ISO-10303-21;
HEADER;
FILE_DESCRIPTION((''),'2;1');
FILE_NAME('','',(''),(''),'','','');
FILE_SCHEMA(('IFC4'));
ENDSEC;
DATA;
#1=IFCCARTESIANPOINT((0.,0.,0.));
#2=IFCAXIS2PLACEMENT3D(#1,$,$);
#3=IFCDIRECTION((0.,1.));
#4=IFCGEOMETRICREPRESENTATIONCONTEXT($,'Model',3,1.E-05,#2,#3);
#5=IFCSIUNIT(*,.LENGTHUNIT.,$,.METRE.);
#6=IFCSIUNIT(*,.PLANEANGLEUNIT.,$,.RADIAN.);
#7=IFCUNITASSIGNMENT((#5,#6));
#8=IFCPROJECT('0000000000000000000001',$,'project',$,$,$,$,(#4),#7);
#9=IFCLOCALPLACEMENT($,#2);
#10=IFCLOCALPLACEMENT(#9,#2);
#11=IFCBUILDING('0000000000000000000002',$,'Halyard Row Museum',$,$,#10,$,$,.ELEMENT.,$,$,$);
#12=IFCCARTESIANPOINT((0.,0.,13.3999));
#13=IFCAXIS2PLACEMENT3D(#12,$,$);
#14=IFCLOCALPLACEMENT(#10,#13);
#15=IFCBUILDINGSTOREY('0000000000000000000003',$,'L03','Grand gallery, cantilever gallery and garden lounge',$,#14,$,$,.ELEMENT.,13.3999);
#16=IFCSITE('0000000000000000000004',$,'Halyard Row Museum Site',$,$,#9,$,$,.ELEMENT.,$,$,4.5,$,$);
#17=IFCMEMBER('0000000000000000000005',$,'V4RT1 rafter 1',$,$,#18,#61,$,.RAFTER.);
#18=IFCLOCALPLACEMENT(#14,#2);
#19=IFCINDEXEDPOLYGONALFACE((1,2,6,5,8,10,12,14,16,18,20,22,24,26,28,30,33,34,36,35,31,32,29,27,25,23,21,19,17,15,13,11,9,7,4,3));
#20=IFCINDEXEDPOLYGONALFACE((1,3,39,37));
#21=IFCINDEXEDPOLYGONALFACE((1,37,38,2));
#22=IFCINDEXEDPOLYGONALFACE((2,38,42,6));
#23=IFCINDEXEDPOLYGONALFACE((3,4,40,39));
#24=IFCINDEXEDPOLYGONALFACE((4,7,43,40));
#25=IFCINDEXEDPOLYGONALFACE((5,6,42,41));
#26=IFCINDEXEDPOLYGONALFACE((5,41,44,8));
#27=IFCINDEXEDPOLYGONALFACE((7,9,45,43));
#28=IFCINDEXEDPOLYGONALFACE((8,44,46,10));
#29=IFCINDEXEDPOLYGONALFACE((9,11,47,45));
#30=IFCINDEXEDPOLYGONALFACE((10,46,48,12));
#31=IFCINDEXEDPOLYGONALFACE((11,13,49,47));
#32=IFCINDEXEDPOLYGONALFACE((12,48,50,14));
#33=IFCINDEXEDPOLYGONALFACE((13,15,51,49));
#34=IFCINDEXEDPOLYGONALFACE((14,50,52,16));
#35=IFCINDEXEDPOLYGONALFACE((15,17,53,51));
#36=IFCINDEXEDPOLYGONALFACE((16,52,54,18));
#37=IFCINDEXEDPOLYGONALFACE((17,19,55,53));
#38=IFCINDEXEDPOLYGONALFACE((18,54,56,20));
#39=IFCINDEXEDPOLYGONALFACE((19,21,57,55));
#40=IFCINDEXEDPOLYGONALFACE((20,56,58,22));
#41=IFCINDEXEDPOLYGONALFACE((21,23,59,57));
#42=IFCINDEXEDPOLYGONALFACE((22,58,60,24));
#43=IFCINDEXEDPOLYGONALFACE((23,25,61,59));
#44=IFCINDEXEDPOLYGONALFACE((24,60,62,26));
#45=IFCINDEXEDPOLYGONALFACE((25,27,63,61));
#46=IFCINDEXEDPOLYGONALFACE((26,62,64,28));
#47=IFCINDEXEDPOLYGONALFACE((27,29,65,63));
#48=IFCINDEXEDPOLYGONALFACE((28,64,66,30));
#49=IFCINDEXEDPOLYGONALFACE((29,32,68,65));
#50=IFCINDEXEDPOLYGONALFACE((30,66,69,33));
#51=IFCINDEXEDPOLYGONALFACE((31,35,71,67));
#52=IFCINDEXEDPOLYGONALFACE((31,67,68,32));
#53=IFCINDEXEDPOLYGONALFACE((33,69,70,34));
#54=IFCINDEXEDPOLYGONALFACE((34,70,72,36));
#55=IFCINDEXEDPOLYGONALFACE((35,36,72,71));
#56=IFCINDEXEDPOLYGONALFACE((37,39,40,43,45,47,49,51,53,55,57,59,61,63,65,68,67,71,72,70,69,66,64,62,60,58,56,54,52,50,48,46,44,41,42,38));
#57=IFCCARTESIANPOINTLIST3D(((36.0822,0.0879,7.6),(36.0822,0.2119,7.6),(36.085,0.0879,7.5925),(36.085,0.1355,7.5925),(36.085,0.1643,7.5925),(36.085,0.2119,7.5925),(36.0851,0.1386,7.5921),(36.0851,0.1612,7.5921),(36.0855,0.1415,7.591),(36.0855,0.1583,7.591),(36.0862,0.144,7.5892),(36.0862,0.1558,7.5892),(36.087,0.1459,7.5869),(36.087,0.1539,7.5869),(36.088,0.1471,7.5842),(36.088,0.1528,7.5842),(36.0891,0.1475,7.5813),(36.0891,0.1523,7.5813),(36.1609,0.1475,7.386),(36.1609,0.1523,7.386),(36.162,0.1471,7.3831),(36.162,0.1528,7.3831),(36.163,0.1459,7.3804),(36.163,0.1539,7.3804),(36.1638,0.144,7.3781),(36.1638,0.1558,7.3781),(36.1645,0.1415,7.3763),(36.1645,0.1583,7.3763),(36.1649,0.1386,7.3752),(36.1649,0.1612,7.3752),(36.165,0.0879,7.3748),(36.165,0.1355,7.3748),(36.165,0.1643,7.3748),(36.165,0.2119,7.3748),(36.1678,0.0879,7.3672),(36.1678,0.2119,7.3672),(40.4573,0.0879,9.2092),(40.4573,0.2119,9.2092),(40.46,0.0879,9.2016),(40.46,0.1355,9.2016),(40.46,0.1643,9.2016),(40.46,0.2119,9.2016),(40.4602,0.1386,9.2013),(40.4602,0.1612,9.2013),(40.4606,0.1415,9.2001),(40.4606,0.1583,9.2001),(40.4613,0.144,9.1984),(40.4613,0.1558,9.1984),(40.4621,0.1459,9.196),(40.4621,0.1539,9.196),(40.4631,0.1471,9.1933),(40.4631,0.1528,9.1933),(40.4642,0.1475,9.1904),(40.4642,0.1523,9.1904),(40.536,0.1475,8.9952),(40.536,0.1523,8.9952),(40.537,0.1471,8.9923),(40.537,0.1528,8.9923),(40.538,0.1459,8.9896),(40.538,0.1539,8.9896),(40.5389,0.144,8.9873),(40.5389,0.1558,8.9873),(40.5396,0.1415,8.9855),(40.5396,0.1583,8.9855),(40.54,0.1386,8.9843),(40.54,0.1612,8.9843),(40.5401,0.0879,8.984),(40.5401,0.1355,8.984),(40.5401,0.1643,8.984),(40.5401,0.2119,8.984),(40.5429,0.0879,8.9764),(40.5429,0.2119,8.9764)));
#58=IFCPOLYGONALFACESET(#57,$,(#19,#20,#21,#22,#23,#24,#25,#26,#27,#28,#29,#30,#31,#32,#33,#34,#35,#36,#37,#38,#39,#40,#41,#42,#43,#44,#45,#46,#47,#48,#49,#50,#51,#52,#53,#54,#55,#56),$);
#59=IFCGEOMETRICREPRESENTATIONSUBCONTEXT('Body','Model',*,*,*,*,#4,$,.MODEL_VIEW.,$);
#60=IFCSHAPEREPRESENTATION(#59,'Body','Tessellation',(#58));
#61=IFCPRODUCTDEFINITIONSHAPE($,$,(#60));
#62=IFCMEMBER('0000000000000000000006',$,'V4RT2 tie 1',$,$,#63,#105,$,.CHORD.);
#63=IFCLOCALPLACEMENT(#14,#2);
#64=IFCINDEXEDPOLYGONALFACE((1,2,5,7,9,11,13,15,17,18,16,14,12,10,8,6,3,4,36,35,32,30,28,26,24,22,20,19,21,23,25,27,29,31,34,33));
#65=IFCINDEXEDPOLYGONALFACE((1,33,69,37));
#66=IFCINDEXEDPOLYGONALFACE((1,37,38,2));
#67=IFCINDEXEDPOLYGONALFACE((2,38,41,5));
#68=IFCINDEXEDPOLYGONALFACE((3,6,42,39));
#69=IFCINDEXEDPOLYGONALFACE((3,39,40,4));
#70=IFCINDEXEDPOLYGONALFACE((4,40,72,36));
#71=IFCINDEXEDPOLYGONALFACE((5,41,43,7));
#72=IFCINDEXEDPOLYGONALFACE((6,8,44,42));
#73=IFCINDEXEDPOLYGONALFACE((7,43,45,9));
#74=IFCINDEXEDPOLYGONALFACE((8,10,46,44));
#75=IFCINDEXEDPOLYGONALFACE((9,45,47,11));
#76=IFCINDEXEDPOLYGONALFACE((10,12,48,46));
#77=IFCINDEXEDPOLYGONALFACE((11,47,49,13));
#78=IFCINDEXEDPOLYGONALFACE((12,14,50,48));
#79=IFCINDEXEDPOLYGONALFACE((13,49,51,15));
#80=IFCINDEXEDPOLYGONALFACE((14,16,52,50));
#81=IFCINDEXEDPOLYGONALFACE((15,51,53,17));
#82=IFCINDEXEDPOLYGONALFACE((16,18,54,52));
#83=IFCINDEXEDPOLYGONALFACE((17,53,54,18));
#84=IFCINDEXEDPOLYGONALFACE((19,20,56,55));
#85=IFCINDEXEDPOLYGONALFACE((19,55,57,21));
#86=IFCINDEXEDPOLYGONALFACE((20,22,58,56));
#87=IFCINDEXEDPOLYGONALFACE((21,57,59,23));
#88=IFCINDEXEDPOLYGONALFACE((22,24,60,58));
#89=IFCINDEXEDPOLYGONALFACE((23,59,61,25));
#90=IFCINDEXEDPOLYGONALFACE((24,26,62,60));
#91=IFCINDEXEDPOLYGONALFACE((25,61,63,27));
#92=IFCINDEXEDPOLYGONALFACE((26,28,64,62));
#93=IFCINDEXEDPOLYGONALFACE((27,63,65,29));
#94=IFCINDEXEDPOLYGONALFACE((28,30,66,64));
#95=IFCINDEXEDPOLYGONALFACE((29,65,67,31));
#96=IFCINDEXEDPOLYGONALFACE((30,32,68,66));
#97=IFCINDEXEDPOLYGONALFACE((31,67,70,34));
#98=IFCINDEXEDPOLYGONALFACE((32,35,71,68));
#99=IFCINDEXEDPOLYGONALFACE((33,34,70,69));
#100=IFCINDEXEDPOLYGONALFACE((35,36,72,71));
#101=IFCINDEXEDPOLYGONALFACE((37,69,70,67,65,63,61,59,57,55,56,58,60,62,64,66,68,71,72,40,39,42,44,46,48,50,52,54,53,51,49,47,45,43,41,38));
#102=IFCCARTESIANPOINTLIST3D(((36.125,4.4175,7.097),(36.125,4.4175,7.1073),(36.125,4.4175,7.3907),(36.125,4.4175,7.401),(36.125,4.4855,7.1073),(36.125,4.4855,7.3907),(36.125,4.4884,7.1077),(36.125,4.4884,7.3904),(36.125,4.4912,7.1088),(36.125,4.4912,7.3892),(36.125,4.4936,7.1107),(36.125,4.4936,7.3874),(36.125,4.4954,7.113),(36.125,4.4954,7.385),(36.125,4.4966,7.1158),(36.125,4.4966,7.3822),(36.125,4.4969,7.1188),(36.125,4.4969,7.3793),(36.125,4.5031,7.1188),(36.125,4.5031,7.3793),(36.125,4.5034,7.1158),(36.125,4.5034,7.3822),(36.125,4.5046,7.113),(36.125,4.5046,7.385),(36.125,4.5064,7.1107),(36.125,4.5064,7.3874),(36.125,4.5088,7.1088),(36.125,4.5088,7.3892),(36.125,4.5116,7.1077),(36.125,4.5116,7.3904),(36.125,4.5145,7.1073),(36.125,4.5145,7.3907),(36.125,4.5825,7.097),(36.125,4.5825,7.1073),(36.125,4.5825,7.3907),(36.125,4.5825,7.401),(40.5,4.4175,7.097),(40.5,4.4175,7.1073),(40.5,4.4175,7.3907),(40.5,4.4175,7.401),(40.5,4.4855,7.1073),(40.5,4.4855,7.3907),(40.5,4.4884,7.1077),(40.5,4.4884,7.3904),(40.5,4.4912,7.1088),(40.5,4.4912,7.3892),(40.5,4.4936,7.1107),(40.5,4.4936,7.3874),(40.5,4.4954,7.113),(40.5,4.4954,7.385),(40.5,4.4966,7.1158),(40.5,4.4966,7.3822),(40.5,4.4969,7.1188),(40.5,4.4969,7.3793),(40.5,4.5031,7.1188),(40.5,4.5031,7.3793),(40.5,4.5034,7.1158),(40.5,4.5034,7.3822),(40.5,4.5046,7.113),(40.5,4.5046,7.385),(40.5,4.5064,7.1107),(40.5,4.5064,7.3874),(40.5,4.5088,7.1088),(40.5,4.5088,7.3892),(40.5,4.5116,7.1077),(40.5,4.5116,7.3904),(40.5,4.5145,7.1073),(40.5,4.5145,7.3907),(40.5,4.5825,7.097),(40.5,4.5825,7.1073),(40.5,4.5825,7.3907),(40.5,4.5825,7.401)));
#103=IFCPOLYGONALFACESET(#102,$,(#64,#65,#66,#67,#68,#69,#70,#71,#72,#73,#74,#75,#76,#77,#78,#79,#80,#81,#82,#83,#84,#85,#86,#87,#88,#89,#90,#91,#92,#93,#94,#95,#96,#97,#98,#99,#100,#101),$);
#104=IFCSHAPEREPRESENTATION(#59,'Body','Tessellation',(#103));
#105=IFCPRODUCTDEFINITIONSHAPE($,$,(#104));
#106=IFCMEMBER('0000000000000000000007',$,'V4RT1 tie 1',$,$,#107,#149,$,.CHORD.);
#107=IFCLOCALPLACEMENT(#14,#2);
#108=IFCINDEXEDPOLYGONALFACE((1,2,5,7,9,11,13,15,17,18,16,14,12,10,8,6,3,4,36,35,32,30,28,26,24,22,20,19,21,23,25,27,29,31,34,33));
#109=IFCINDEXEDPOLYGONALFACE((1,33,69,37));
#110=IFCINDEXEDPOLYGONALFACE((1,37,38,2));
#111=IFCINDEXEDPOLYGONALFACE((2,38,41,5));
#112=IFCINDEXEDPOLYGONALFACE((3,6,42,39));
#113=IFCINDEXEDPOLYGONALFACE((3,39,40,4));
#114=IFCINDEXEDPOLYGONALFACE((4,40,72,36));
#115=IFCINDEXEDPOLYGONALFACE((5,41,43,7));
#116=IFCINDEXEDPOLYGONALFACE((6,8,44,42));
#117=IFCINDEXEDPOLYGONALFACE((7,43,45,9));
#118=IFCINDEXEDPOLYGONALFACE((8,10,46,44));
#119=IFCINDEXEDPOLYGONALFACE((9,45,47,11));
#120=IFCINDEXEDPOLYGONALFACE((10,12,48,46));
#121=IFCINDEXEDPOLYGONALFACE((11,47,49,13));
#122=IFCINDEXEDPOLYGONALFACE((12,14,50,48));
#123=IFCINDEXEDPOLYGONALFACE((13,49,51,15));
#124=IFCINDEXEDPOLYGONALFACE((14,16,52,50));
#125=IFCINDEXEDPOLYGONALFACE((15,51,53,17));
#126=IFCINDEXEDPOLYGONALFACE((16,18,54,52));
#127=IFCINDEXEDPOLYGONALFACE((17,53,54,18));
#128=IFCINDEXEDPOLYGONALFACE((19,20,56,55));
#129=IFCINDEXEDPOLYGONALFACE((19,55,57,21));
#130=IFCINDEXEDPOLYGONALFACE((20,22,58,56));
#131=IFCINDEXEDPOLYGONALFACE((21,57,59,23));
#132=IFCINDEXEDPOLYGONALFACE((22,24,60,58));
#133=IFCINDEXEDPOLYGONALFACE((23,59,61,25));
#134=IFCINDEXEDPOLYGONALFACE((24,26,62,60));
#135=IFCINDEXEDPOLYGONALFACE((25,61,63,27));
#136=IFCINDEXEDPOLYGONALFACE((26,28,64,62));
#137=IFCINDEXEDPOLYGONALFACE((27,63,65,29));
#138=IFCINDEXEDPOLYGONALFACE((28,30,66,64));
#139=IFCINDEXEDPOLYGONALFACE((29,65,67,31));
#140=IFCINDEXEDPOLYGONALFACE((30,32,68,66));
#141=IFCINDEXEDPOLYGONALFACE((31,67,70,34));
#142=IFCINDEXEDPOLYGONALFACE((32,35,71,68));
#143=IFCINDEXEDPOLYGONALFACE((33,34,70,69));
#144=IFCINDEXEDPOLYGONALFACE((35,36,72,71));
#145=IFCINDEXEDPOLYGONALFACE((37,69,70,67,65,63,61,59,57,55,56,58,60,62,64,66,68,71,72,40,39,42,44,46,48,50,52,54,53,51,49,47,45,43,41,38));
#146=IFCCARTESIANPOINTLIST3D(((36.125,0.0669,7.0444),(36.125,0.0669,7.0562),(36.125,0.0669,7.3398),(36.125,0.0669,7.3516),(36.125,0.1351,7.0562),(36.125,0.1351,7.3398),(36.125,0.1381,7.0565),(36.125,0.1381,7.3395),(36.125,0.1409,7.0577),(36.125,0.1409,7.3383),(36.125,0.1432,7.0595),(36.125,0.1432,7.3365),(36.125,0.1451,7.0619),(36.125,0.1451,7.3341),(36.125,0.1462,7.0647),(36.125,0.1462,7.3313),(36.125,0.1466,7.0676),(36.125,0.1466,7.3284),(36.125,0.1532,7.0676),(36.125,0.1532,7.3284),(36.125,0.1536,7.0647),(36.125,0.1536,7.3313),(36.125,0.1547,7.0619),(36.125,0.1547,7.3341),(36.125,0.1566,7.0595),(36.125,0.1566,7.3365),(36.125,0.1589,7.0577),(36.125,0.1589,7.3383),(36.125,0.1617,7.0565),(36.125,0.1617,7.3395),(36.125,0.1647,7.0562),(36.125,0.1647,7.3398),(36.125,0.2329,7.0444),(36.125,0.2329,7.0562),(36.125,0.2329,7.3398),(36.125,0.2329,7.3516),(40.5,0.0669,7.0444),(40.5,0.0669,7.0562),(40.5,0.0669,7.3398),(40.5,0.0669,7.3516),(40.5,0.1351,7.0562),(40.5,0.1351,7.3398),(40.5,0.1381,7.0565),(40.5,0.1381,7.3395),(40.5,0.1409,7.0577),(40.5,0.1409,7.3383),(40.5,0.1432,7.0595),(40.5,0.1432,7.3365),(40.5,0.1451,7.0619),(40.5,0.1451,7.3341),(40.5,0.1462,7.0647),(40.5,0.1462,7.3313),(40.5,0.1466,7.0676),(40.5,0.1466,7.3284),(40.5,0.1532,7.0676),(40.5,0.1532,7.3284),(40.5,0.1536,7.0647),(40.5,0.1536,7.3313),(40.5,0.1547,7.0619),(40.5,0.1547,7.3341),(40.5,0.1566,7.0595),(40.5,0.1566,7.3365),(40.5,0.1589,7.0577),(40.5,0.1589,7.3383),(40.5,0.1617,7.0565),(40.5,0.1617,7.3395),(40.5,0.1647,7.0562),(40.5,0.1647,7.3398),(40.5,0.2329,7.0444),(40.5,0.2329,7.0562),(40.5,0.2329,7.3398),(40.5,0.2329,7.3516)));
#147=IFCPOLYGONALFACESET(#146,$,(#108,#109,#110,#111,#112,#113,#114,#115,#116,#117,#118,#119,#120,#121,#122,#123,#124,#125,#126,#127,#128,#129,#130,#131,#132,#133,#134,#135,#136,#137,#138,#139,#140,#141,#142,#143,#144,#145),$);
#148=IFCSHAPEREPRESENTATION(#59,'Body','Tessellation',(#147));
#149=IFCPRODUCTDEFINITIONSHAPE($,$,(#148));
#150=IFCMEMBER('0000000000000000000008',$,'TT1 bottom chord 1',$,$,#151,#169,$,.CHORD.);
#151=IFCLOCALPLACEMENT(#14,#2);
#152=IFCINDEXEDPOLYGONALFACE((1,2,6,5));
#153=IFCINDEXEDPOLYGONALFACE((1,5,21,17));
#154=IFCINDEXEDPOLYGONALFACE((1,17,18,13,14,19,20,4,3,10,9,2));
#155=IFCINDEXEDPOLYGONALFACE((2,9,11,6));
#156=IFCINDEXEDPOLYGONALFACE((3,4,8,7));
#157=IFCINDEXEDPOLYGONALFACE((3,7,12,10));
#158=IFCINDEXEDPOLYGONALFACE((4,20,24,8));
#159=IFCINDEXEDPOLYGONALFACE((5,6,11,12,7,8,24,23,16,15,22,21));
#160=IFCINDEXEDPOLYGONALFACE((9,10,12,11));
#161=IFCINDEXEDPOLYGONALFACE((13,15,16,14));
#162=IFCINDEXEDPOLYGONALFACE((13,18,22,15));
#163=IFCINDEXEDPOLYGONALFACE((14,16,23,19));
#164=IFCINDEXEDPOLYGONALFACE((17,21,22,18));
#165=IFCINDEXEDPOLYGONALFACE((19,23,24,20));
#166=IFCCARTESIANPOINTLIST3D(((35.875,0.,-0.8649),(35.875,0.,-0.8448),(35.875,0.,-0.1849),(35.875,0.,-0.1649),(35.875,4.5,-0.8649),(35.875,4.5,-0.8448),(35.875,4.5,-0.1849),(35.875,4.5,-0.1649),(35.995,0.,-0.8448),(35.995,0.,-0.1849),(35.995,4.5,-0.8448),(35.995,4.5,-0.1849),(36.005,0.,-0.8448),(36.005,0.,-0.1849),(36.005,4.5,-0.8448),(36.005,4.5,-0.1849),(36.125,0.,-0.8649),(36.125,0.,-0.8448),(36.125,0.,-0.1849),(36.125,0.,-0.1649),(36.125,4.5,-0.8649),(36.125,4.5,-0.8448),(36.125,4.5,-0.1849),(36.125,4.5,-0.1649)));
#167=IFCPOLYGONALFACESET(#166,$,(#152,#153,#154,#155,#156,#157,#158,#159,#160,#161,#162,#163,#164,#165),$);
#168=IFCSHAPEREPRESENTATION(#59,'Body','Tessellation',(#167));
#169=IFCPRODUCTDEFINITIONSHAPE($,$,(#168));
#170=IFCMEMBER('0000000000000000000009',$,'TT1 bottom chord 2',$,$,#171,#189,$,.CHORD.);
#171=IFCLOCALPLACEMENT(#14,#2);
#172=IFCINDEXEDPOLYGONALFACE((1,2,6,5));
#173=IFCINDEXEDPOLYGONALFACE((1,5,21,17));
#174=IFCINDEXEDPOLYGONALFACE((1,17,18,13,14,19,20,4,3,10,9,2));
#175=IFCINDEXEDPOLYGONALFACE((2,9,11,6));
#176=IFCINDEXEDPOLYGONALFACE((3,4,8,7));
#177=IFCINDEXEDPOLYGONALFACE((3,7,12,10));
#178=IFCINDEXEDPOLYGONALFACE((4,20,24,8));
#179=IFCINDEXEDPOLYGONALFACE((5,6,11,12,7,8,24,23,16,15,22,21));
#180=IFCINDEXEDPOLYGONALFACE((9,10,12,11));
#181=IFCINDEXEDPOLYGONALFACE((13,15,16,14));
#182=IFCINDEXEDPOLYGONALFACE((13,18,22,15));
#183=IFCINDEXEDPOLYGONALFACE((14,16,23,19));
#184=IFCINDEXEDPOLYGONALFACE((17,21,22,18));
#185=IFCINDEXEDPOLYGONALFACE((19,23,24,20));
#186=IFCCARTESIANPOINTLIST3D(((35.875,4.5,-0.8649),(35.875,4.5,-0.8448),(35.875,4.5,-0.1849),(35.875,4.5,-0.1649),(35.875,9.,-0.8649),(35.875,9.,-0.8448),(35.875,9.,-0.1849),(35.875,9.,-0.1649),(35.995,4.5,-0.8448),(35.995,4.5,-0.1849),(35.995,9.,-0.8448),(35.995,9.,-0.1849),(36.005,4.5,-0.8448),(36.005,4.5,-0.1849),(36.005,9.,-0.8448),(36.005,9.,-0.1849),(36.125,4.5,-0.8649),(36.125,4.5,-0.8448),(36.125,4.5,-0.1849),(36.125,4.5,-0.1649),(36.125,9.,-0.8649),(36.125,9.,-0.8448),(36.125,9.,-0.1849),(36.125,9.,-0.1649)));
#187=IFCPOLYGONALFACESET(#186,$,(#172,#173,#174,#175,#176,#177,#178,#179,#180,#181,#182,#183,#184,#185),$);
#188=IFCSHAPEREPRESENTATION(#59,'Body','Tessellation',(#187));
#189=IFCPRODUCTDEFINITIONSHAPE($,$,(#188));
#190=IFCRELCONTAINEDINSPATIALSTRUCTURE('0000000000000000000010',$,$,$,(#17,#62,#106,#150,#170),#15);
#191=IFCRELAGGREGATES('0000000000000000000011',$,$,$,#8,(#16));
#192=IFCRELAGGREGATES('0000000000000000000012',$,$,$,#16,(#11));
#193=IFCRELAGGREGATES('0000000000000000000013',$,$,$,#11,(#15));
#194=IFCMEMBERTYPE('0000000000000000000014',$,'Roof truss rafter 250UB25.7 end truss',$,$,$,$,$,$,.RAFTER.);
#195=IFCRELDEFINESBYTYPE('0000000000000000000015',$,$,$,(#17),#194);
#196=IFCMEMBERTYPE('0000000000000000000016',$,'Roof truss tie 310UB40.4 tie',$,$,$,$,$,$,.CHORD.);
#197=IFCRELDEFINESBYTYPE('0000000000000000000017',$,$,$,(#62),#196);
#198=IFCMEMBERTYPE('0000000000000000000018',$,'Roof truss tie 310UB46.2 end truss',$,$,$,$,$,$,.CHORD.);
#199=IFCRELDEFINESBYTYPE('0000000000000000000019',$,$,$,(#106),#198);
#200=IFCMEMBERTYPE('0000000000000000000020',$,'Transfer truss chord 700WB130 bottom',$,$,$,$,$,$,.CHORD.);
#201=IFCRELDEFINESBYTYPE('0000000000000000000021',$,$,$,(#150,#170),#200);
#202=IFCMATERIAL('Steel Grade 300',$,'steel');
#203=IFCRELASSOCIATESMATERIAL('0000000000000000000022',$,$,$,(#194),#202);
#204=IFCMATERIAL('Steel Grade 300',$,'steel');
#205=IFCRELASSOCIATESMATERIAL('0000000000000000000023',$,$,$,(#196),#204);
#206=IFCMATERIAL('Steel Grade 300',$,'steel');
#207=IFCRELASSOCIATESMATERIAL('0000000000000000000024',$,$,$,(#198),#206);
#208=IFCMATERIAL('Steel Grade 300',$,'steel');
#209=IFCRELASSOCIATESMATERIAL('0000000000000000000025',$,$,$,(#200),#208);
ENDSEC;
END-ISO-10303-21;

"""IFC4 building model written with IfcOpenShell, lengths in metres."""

from ifc_helpers import new_model, si_unit, direction, frame, origin, origin_2d, place, context, subcontext, project, spatial, i_section, extrude, material, material_profile, profile_set, type_object, element, save


model = new_model("IFC4")

# Units and contexts
model_context = context("Model", 3, precision=1e-05, world=origin(), true_north=direction((0.0, 1.0)))
body_context = subcontext(model_context, "Body", "Model", "MODEL_VIEW")
ifc_project = project(units=[si_unit("LENGTHUNIT", "METRE"), si_unit("PLANEANGLEUNIT", "RADIAN")], contexts=[model_context])

# Site, building, storey
site_placement = place(None, origin())
site = spatial("IfcSite", under=ifc_project, at=site_placement, Name="Halyard Row Museum Site", CompositionType="ELEMENT", RefElevation=4.5)
building_placement = place(site_placement, origin())
building = spatial("IfcBuilding", under=site, at=building_placement, Name="Halyard Row Museum", CompositionType="ELEMENT")
storey_placement = place(building_placement, frame((0.0, 0.0, 13.3999)))
storey = spatial("IfcBuildingStorey", under=building, at=storey_placement, Name="L03", Description="Grand gallery, cantilever gallery and garden lounge", CompositionType="ELEMENT", Elevation=13.3999)

# Members
ifc_material_1 = material(Name="Steel Grade 300", Category="steel")
ifc_material_profile_1 = material_profile(ifc_material_1, i_section(OverallWidth=0.124, OverallDepth=0.248, WebThickness=0.0049, FlangeThickness=0.0081, FilletRadius=0.012, at=origin_2d()), Name="250UB25.7")
ifc_profile_set_1 = profile_set([ifc_material_profile_1], Name="Steel Grade 300")
member_type_1 = type_object("IfcMemberType", Name="Roof truss rafter 250UB25.7 end truss", PredefinedType="RAFTER", material=ifc_profile_set_1)
member_1_placement = place(storey_placement, frame((36.125, 0.1499, 7.4836), z_axis=(0.938532, 0.0, 0.345193), x_axis=(0.0, 1.0, 0.0)))
element("IfcMember", 1, at=member_1_placement, inside=storey, type_object=member_type_1, Name="V4RT1 rafter 1", PredefinedType="RAFTER", context=body_context, shape_type="SweptSolid", body=[
    extrude(i_section(OverallWidth=0.124, OverallDepth=0.248, WebThickness=0.0049, FlangeThickness=0.0081, FilletRadius=0.012, at=origin_2d()), origin(), (0.0, 0.0, 1.0), 4.6616),
])
ifc_material_2 = material(Name="Steel Grade 300", Category="steel")
ifc_material_profile_2 = material_profile(ifc_material_2, i_section(OverallWidth=0.165, OverallDepth=0.304, WebThickness=0.0061, FlangeThickness=0.0103, FilletRadius=0.0115, at=origin_2d()), Name="310UB40.4")
ifc_profile_set_2 = profile_set([ifc_material_profile_2], Name="Steel Grade 300")
member_type_2 = type_object("IfcMemberType", Name="Roof truss tie 310UB40.4 tie", PredefinedType="CHORD", material=ifc_profile_set_2)
member_2_placement = place(storey_placement, frame((36.125, 4.5, 7.249), z_axis=(1.0, 0.0, 0.0), x_axis=(0.0, 1.0, 0.0)))
element("IfcMember", 2, at=member_2_placement, inside=storey, type_object=member_type_2, Name="V4RT2 tie 1", PredefinedType="CHORD", context=body_context, shape_type="SweptSolid", body=[
    extrude(i_section(OverallWidth=0.165, OverallDepth=0.304, WebThickness=0.0061, FlangeThickness=0.0103, FilletRadius=0.0115, at=origin_2d()), origin(), (0.0, 0.0, 1.0), 4.375),
])
ifc_material_3 = material(Name="Steel Grade 300", Category="steel")
ifc_material_profile_3 = material_profile(ifc_material_3, i_section(OverallWidth=0.166, OverallDepth=0.3071, WebThickness=0.0066, FlangeThickness=0.0117, FilletRadius=0.0115, at=origin_2d()), Name="310UB46.2")
ifc_profile_set_3 = profile_set([ifc_material_profile_3], Name="Steel Grade 300")
member_type_3 = type_object("IfcMemberType", Name="Roof truss tie 310UB46.2 end truss", PredefinedType="CHORD", material=ifc_profile_set_3)
member_3_placement = place(storey_placement, frame((36.125, 0.1499, 7.198), z_axis=(1.0, 0.0, 0.0), x_axis=(0.0, 1.0, 0.0)))
element("IfcMember", 3, at=member_3_placement, inside=storey, type_object=member_type_3, Name="V4RT1 tie 1", PredefinedType="CHORD", context=body_context, shape_type="SweptSolid", body=[
    extrude(i_section(OverallWidth=0.166, OverallDepth=0.3071, WebThickness=0.0066, FlangeThickness=0.0117, FilletRadius=0.0115, at=origin_2d()), origin(), (0.0, 0.0, 1.0), 4.375),
])
ifc_material_4 = material(Name="Steel Grade 300", Category="steel")
ifc_material_profile_4 = material_profile(ifc_material_4, i_section(OverallWidth=0.25, OverallDepth=0.7, WebThickness=0.01, FlangeThickness=0.02, at=origin_2d()), Name="700WB130")
ifc_profile_set_4 = profile_set([ifc_material_profile_4], Name="Steel Grade 300")
member_type_4 = type_object("IfcMemberType", Name="Transfer truss chord 700WB130 bottom", PredefinedType="CHORD", material=ifc_profile_set_4)
for number, where, z_axis, x_axis, name in (
    (4, (36.0, 0.0, -0.5149), (0.0, 1.0, 0.0), (-1.0, 0.0, 0.0), "TT1 bottom chord 1"),
    (5, (36.0, 4.5, -0.5149), (0.0, 1.0, 0.0), (-1.0, 0.0, 0.0), "TT1 bottom chord 2"),
):
    element("IfcMember", number, at=place(storey_placement, frame(where, z_axis=z_axis, x_axis=x_axis)), inside=storey, type_object=member_type_4, Name=name, PredefinedType="CHORD", context=body_context, shape_type="SweptSolid", body=[
        extrude(i_section(OverallWidth=0.25, OverallDepth=0.7, WebThickness=0.01, FlangeThickness=0.02, at=origin_2d()), origin(), (0.0, 0.0, 1.0), 4.5),
    ])

save(model, "model.ifc")
